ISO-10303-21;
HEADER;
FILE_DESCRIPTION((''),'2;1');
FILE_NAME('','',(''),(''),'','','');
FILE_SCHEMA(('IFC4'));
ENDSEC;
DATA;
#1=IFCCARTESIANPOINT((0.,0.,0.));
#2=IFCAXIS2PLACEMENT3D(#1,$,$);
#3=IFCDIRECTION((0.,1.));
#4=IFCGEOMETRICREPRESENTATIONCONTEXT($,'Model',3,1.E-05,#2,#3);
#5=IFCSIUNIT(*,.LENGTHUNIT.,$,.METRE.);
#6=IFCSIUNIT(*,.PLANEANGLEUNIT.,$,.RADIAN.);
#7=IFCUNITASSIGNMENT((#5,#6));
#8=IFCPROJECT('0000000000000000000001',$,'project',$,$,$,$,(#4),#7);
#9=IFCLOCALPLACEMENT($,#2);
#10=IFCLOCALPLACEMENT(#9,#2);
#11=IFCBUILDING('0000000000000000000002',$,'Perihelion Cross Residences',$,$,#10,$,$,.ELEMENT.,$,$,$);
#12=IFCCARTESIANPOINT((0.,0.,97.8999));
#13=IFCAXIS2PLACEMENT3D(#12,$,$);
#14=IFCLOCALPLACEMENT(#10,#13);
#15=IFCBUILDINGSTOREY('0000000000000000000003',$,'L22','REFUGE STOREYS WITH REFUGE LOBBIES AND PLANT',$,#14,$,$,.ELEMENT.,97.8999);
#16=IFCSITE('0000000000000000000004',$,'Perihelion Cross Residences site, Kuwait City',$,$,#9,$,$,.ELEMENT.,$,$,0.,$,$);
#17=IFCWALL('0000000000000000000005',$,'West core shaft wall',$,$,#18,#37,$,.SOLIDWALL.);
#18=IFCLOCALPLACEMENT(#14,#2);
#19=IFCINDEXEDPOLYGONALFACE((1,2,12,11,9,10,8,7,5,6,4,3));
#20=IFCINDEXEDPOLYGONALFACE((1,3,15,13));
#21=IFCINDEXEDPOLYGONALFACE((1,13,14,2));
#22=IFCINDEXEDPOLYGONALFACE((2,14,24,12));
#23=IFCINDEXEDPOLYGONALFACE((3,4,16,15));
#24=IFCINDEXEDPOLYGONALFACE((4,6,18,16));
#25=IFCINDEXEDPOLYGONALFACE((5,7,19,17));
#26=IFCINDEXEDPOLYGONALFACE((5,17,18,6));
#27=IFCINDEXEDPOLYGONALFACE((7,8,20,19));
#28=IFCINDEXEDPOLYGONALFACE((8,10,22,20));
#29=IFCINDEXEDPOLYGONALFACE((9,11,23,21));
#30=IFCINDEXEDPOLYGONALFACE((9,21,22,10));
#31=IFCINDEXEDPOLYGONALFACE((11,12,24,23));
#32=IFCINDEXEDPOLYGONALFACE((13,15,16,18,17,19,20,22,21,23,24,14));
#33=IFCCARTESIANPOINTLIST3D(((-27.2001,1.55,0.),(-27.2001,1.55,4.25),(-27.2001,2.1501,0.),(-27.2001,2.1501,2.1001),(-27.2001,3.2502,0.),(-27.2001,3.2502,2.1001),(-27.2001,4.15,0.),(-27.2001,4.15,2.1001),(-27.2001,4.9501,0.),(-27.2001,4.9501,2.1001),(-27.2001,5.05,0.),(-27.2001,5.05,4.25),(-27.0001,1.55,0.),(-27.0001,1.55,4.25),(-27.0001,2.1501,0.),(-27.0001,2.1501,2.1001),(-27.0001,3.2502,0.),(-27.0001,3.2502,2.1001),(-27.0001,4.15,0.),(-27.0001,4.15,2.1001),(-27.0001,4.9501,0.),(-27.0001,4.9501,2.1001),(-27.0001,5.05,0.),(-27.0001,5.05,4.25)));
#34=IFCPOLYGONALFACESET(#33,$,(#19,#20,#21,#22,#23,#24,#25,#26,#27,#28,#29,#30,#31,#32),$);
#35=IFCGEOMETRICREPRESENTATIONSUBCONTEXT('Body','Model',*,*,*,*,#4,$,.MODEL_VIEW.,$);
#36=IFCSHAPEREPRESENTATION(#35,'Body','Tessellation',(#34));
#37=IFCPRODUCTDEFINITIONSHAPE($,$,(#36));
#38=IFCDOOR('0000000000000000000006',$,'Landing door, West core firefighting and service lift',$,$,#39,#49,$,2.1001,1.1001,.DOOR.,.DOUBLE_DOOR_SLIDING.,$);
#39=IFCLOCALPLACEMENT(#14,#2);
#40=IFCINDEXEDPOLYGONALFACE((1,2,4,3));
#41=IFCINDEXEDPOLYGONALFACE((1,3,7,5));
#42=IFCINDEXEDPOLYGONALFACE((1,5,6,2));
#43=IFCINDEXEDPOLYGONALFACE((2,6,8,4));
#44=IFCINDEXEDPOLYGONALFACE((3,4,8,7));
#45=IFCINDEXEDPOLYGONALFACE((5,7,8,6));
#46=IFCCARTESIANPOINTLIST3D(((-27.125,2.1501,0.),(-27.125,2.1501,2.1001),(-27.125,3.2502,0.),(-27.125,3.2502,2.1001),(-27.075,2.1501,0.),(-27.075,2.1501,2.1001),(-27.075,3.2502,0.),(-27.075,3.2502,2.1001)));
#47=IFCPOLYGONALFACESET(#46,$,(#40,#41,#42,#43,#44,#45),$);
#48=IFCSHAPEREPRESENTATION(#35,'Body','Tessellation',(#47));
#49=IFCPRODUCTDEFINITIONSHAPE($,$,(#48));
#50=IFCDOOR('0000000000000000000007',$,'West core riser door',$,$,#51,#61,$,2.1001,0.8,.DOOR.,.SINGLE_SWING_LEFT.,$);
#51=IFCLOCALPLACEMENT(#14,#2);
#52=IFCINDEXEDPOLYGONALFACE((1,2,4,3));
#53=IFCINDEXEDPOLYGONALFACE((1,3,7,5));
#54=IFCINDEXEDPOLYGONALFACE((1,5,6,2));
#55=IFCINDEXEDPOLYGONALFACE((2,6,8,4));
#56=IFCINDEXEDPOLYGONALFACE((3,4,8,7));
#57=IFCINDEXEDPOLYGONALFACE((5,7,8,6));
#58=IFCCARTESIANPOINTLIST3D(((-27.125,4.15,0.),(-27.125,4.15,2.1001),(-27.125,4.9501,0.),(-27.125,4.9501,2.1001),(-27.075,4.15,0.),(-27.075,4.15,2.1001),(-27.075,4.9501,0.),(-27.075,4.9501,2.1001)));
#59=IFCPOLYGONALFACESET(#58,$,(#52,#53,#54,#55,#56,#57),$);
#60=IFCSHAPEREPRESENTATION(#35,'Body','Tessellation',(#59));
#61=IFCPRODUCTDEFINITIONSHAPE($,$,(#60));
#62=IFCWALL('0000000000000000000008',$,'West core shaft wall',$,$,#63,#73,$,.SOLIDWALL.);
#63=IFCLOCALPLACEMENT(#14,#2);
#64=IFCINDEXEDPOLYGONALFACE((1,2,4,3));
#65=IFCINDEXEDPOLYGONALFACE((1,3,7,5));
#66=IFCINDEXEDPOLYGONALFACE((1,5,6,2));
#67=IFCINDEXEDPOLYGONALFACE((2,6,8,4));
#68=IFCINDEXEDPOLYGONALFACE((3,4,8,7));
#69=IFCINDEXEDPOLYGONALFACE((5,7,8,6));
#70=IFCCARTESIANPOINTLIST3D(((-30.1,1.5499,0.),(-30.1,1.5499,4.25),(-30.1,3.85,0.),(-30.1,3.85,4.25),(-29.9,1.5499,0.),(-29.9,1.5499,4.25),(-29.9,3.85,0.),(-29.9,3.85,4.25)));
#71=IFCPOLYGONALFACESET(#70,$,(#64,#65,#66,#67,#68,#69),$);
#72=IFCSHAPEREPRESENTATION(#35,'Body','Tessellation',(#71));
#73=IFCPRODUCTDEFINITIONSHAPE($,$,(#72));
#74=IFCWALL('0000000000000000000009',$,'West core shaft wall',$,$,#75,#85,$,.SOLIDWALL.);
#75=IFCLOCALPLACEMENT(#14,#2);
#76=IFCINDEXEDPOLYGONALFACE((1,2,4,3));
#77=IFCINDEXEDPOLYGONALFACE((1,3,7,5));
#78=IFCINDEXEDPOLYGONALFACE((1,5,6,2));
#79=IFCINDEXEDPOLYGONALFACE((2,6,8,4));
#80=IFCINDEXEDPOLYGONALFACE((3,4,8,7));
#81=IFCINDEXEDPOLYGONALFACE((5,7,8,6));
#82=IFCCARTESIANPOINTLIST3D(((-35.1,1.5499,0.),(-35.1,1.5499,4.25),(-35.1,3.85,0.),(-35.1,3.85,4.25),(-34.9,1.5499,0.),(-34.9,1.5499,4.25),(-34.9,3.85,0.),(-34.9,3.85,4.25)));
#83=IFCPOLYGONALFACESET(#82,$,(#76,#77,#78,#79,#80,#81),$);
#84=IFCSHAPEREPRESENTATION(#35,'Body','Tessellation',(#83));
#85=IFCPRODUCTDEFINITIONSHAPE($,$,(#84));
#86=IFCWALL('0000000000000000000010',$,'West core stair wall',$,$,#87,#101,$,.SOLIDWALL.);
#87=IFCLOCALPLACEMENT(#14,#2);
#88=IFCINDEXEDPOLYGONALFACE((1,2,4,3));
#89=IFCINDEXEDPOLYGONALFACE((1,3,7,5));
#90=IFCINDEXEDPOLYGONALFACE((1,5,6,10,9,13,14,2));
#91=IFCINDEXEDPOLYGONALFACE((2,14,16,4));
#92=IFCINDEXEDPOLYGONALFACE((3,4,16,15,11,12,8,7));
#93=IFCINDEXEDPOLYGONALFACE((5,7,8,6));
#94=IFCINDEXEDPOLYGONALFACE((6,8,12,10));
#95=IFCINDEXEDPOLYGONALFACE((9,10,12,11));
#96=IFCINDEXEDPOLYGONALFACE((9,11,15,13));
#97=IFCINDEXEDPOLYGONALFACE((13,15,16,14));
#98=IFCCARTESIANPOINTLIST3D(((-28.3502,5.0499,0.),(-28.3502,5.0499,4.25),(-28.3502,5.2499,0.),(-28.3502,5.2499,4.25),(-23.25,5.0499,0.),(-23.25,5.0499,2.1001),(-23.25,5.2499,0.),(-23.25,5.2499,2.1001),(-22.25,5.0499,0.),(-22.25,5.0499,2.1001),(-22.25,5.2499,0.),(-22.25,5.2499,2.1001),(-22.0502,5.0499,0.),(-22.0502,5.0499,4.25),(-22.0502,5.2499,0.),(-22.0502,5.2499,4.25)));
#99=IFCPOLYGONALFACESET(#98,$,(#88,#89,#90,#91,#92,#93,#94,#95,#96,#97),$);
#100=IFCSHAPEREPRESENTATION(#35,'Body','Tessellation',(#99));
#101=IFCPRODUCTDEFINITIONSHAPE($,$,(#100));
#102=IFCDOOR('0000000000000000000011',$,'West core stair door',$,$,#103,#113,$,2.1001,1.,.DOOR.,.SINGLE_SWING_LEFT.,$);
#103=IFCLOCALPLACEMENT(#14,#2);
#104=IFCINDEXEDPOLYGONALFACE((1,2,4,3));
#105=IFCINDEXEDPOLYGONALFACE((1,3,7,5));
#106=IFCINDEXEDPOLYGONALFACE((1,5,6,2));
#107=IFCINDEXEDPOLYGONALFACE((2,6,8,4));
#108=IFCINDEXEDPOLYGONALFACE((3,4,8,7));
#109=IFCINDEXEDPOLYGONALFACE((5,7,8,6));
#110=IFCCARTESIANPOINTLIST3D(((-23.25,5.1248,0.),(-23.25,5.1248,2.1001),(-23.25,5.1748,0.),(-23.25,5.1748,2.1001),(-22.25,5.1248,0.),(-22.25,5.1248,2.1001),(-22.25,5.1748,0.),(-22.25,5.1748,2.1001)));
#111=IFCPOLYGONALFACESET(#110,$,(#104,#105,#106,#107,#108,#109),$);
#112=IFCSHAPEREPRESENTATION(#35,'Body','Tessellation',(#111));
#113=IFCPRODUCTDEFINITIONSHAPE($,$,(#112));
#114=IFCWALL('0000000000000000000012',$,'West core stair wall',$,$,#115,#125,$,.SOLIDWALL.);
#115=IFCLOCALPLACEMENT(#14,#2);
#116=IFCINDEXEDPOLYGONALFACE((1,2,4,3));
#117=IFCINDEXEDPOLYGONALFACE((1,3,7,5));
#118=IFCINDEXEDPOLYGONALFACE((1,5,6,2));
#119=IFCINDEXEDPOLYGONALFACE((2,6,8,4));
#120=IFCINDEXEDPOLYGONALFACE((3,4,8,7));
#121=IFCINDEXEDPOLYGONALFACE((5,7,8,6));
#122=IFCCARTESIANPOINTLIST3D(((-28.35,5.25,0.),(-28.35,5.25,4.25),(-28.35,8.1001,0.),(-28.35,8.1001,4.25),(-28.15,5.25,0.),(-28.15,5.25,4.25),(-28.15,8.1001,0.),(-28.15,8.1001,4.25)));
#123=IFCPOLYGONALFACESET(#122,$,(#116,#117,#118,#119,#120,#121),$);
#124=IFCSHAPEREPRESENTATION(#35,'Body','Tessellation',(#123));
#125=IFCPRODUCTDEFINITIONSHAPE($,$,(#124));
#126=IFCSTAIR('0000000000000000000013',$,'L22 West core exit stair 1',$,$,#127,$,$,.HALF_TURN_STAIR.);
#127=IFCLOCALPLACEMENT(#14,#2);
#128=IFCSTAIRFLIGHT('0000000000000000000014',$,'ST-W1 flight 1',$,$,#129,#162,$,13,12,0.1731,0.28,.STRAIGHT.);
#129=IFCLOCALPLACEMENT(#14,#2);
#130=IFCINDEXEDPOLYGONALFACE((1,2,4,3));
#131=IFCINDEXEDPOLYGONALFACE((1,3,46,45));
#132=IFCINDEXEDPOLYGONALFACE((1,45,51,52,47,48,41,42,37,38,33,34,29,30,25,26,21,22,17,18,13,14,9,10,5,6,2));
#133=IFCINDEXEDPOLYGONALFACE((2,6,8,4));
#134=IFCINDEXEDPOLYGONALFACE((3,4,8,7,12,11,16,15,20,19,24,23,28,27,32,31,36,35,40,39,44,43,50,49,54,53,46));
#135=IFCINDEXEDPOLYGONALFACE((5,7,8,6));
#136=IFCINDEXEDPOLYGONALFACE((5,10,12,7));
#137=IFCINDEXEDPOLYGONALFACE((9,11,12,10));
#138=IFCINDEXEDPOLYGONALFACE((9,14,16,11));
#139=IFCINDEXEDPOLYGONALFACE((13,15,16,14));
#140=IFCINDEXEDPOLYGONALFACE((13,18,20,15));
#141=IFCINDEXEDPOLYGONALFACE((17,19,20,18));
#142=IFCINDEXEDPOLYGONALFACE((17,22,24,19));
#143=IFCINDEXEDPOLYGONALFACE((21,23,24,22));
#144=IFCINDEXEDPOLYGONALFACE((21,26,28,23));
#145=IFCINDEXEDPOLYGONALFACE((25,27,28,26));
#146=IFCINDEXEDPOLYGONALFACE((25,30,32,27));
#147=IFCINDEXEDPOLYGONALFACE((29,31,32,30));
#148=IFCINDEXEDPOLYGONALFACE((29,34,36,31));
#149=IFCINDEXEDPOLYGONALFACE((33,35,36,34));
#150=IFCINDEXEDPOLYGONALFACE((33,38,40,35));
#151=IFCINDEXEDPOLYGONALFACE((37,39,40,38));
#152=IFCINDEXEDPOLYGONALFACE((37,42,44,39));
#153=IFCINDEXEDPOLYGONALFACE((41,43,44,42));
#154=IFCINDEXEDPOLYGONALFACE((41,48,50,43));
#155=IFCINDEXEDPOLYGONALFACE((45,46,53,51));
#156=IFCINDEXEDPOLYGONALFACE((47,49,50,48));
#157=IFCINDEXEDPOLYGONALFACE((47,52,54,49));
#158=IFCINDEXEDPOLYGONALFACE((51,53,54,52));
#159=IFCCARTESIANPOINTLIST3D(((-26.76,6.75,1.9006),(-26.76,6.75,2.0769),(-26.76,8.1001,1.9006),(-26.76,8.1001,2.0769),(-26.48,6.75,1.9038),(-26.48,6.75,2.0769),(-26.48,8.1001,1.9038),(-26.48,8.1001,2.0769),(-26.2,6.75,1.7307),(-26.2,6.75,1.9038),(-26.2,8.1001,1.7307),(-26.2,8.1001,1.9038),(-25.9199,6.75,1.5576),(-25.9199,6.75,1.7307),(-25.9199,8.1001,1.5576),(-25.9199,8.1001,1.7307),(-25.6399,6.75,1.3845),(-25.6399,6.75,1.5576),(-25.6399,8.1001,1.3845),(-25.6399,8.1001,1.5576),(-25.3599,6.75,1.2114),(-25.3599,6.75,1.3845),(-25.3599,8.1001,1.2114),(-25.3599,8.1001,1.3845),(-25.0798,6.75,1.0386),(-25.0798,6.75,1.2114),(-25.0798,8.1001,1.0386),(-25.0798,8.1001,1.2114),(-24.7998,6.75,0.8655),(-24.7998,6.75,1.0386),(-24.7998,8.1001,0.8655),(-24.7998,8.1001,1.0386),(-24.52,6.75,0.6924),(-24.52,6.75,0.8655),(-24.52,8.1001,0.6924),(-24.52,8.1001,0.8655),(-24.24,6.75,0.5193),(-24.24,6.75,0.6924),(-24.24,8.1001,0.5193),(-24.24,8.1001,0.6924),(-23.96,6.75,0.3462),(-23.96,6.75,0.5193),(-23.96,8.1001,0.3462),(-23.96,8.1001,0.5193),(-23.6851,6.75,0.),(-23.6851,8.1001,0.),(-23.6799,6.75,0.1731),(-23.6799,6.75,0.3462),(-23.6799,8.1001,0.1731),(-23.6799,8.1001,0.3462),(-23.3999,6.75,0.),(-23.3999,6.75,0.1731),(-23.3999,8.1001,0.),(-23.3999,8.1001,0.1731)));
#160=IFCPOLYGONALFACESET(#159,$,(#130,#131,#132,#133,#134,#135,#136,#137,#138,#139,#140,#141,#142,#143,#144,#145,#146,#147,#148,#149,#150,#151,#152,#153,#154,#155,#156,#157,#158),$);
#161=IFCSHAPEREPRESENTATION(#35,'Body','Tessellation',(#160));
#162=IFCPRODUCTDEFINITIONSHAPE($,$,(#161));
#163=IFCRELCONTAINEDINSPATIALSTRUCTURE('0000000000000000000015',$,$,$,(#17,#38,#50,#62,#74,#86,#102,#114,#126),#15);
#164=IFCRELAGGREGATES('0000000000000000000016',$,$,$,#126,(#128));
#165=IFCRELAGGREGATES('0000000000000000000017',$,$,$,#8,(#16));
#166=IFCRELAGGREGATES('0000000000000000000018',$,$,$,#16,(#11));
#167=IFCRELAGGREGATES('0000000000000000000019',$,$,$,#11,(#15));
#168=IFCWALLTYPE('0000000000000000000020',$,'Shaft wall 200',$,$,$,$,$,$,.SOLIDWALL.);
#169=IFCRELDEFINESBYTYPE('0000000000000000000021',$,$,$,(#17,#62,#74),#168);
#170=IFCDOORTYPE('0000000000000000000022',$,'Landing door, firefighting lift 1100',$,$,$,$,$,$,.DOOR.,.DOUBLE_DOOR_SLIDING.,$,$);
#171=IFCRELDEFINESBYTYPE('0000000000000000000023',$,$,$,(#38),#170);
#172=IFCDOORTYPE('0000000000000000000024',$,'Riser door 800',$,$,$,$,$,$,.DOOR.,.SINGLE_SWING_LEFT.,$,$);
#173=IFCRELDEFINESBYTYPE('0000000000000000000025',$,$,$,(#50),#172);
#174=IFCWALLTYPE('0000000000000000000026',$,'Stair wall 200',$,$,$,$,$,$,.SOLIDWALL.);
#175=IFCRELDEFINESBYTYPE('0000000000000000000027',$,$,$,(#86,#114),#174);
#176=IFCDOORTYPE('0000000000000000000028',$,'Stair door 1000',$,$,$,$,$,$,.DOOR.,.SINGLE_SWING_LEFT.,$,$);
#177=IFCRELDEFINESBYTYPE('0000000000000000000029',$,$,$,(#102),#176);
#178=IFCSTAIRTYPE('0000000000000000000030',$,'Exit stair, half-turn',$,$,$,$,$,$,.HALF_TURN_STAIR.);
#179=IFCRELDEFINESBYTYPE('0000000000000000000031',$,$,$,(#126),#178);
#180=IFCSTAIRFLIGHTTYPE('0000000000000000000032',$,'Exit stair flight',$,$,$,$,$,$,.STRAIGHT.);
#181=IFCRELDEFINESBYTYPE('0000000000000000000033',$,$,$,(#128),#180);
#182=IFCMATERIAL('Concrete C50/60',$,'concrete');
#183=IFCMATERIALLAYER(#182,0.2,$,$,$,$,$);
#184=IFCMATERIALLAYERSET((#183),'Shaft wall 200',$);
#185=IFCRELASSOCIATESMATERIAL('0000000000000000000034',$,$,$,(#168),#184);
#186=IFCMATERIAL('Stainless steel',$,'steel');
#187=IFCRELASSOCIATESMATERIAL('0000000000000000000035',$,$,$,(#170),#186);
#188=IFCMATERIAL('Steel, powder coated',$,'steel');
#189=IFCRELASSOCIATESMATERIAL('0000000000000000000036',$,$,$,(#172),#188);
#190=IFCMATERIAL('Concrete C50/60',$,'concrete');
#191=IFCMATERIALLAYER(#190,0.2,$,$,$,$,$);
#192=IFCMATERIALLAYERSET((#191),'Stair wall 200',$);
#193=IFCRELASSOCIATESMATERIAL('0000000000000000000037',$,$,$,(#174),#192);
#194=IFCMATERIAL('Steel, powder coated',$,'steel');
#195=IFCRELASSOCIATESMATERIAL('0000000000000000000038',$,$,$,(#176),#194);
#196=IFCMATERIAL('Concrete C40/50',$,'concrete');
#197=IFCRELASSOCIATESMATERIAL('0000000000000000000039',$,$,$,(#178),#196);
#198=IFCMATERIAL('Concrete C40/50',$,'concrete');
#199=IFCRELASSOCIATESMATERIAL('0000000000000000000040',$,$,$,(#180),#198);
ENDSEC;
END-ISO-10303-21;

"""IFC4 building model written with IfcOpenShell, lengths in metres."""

from ifc_helpers import new_model, si_unit, direction, frame, frame_2d, origin, place, context, subcontext, project, spatial, polyline, rectangle, outline, extrude, material, layer, layer_set, type_object, element, fill, aggregate, save


model = new_model("IFC4")

# Units and contexts
model_context = context("Model", 3, precision=1e-05, world=origin(), true_north=direction((0.0, 1.0)))
body_context = subcontext(model_context, "Body", "Model", "MODEL_VIEW")
ifc_project = project(units=[si_unit("LENGTHUNIT", "METRE"), si_unit("PLANEANGLEUNIT", "RADIAN")], contexts=[model_context])

# Site, building, storey
site_placement = place(None, origin())
site = spatial("IfcSite", under=ifc_project, at=site_placement, Name="Perihelion Cross Residences site, Kuwait City", CompositionType="ELEMENT", RefElevation=0.0)
building_placement = place(site_placement, origin())
building = spatial("IfcBuilding", under=site, at=building_placement, Name="Perihelion Cross Residences", CompositionType="ELEMENT")
storey_placement = place(building_placement, frame((0.0, 0.0, 97.8999)))
storey = spatial("IfcBuildingStorey", under=building, at=storey_placement, Name="L22", Description="REFUGE STOREYS WITH REFUGE LOBBIES AND PLANT", CompositionType="ELEMENT", Elevation=97.8999)

# Shared definitions
ifc_material_1 = material(Name="Concrete C50/60", Category="concrete")
ifc_layer_1 = layer(ifc_material_1, 0.2)
ifc_layer_set_1 = layer_set([ifc_layer_1], Name="Shaft wall 200")
wall_type_1 = type_object("IfcWallType", Name="Shaft wall 200", PredefinedType="SOLIDWALL", material=ifc_layer_set_1)

# Wall, openings, doors
wall_1_placement = place(storey_placement, frame((-27.1001, 1.55, 0.0), z_axis=(0.0, 0.0, 1.0), x_axis=(0.0, 1.0, 0.0)))
wall_1 = element("IfcWall", 1, at=wall_1_placement, inside=storey, type_object=wall_type_1, Name="West core shaft wall", PredefinedType="SOLIDWALL", context=body_context, shape_type="SweptSolid", body=[
    extrude(rectangle(XDim=3.5, YDim=0.2, at=frame_2d((1.75, 0.0))), origin(), (0.0, 0.0, 1.0), 4.25),
])
opening_1_placement = place(wall_1_placement, frame((0.6001, 0.0, 0.0)))
opening_1 = element("IfcOpeningElement", 2, at=opening_1_placement, cuts=wall_1, PredefinedType="OPENING", context=body_context, shape_type="SweptSolid", body=[
    extrude(rectangle(XDim=1.1001, YDim=2.1001, at=frame_2d((0.55, 1.05))), frame((0.0, 0.1099, 0.0), z_axis=(0.0, -1.0, 0.0), x_axis=(1.0, 0.0, 0.0)), (0.0, 0.0, 1.0), 0.22),
])
opening_2_placement = place(wall_1_placement, frame((2.6001, 0.0, 0.0)))
opening_2 = element("IfcOpeningElement", 3, at=opening_2_placement, cuts=wall_1, PredefinedType="OPENING", context=body_context, shape_type="SweptSolid", body=[
    extrude(rectangle(XDim=0.8, YDim=2.1001, at=frame_2d((0.3999, 1.05))), frame((0.0, 0.1099, 0.0), z_axis=(0.0, -1.0, 0.0), x_axis=(1.0, 0.0, 0.0)), (0.0, 0.0, 1.0), 0.22),
])
ifc_material_2 = material(Name="Stainless steel", Category="steel")
door_type_1 = type_object("IfcDoorType", Name="Landing door, firefighting lift 1100", OperationType="DOUBLE_DOOR_SLIDING", PredefinedType="DOOR", material=ifc_material_2)
door_1_placement = place(opening_1_placement, origin())
door_1 = element("IfcDoor", 4, at=door_1_placement, inside=storey, type_object=door_type_1, Name="Landing door, West core firefighting and service lift", OperationType="DOUBLE_DOOR_SLIDING", OverallHeight=2.1001, OverallWidth=1.1001, PredefinedType="DOOR", context=body_context, shape_type="SweptSolid", body=[
    extrude(rectangle(XDim=1.1001, YDim=2.1001, at=frame_2d((0.55, 1.05))), frame((0.0, 0.0249, 0.0), z_axis=(0.0, -1.0, 0.0), x_axis=(1.0, 0.0, 0.0)), (0.0, 0.0, 1.0), 0.05),
])
fill(opening_1, door_1)
ifc_material_3 = material(Name="Steel, powder coated", Category="steel")
door_type_2 = type_object("IfcDoorType", Name="Riser door 800", OperationType="SINGLE_SWING_LEFT", PredefinedType="DOOR", material=ifc_material_3)
door_2_placement = place(opening_2_placement, origin())
door_2 = element("IfcDoor", 5, at=door_2_placement, inside=storey, type_object=door_type_2, Name="West core riser door", OperationType="SINGLE_SWING_LEFT", OverallHeight=2.1001, OverallWidth=0.8, PredefinedType="DOOR", context=body_context, shape_type="SweptSolid", body=[
    extrude(rectangle(XDim=0.8, YDim=2.1001, at=frame_2d((0.3999, 1.05))), frame((0.0, 0.0249, 0.0), z_axis=(0.0, -1.0, 0.0), x_axis=(1.0, 0.0, 0.0)), (0.0, 0.0, 1.0), 0.05),
])
fill(opening_2, door_2)

# Walls
for number, where, z_axis, x_axis, name in (
    (6, (-30.0, 1.55, 0.0), (0.0, 0.0, 1.0), (0.0, 1.0, 0.0), "West core shaft wall"),
    (7, (-35.0, 1.55, 0.0), (0.0, 0.0, 1.0), (0.0, 1.0, 0.0), "West core shaft wall"),
):
    element("IfcWall", number, at=place(storey_placement, frame(where, z_axis=z_axis, x_axis=x_axis)), inside=storey, type_object=wall_type_1, Name=name, PredefinedType="SOLIDWALL", context=body_context, shape_type="SweptSolid", body=[
        extrude(rectangle(XDim=2.3, YDim=0.2, at=frame_2d((1.1499, 0.0))), origin(), (0.0, 0.0, 1.0), 4.25),
    ])

# Wall, opening, door
ifc_material_4 = material(Name="Concrete C50/60", Category="concrete")
ifc_layer_2 = layer(ifc_material_4, 0.2)
ifc_layer_set_2 = layer_set([ifc_layer_2], Name="Stair wall 200")
wall_type_2 = type_object("IfcWallType", Name="Stair wall 200", PredefinedType="SOLIDWALL", material=ifc_layer_set_2)
wall_2_placement = place(storey_placement, frame((-28.3501, 5.1499, 0.0), z_axis=(0.0, 0.0, 1.0), x_axis=(1.0, 0.0, 0.0)))
wall_2 = element("IfcWall", 8, at=wall_2_placement, inside=storey, type_object=wall_type_2, Name="West core stair wall", PredefinedType="SOLIDWALL", context=body_context, shape_type="SweptSolid", body=[
    extrude(rectangle(XDim=6.3, YDim=0.2, at=frame_2d((3.1499, 0.0))), origin(), (0.0, 0.0, 1.0), 4.25),
])
opening_3_placement = place(wall_2_placement, frame((5.1001, 0.0, 0.0)))
opening_3 = element("IfcOpeningElement", 9, at=opening_3_placement, cuts=wall_2, PredefinedType="OPENING", context=body_context, shape_type="SweptSolid", body=[
    extrude(rectangle(XDim=1.0, YDim=2.1001, at=frame_2d((0.5, 1.05))), frame((0.0, 0.1099, 0.0), z_axis=(0.0, -1.0, 0.0), x_axis=(1.0, 0.0, 0.0)), (0.0, 0.0, 1.0), 0.22),
])
ifc_material_5 = material(Name="Steel, powder coated", Category="steel")
door_type_3 = type_object("IfcDoorType", Name="Stair door 1000", OperationType="SINGLE_SWING_LEFT", PredefinedType="DOOR", material=ifc_material_5)
door_3_placement = place(opening_3_placement, origin())
door_3 = element("IfcDoor", 10, at=door_3_placement, inside=storey, type_object=door_type_3, Name="West core stair door", OperationType="SINGLE_SWING_LEFT", OverallHeight=2.1001, OverallWidth=1.0, PredefinedType="DOOR", context=body_context, shape_type="SweptSolid", body=[
    extrude(rectangle(XDim=1.0, YDim=2.1001, at=frame_2d((0.5, 1.05))), frame((0.0, 0.0249, 0.0), z_axis=(0.0, -1.0, 0.0), x_axis=(1.0, 0.0, 0.0)), (0.0, 0.0, 1.0), 0.05),
])
fill(opening_3, door_3)

# Wall
wall_3_placement = place(storey_placement, frame((-28.25, 5.25, 0.0), z_axis=(0.0, 0.0, 1.0), x_axis=(0.0, 1.0, 0.0)))
element("IfcWall", 11, at=wall_3_placement, inside=storey, type_object=wall_type_2, Name="West core stair wall", PredefinedType="SOLIDWALL", context=body_context, shape_type="SweptSolid", body=[
    extrude(rectangle(XDim=2.8501, YDim=0.2, at=frame_2d((1.425, 0.0))), origin(), (0.0, 0.0, 1.0), 4.25),
])

# Stair, stair flight
ifc_material_6 = material(Name="Concrete C40/50", Category="concrete")
stair_type = type_object("IfcStairType", Name="Exit stair, half-turn", PredefinedType="HALF_TURN_STAIR", material=ifc_material_6)
stair_placement = place(storey_placement, origin())
stair = element("IfcStair", 12, at=stair_placement, inside=storey, type_object=stair_type, Name="L22 West core exit stair 1", PredefinedType="HALF_TURN_STAIR")
ifc_material_7 = material(Name="Concrete C40/50", Category="concrete")
stair_flight_type = type_object("IfcStairFlightType", Name="Exit stair flight", PredefinedType="STRAIGHT", material=ifc_material_7)
stair_flight_1_placement = place(storey_placement, frame((-23.3999, 7.425, 0.0), z_axis=(0.0, 0.0, 1.0), x_axis=(-1.0, 0.0, 0.0)))
stair_flight_1 = element("IfcStairFlight", 13, at=stair_flight_1_placement, type_object=stair_flight_type, Name="ST-W1 flight 1", NumberOfRisers=13, NumberOfTreads=12, PredefinedType="STRAIGHT", RiserHeight=0.1731, TreadLength=0.28, context=body_context, shape_type="SweptSolid", body=[
    extrude(outline(polyline([(0.0, 0.0), (0.0, 0.1731), (0.28, 0.1731), (0.28, 0.3462), (0.5601, 0.3462), (0.5601, 0.5193), (0.8401, 0.5193), (0.8401, 0.6924), (1.1201, 0.6924), (1.1201, 0.8655), (1.3999, 0.8655), (1.3999, 1.0386), (1.6799, 1.0386), (1.6799, 1.2114), (1.96, 1.2114), (1.96, 1.3845), (2.24, 1.3845), (2.24, 1.5576), (2.52, 1.5576), (2.52, 1.7307), (2.8, 1.7307), (2.8, 1.9038), (3.0801, 1.9038), (3.0801, 2.0769), (3.3601, 2.0769), (3.3601, 2.25), (3.3601, 1.9006), (0.2852, 0.0), (0.0, 0.0)])), frame((0.0, 0.675, 0.0), z_axis=(0.0, -1.0, 0.0), x_axis=(1.0, 0.0, 0.0)), (0.0, 0.0, 1.0), 1.3501),
])
aggregate(stair, [stair_flight_1])

save(model, "model.ifc")
